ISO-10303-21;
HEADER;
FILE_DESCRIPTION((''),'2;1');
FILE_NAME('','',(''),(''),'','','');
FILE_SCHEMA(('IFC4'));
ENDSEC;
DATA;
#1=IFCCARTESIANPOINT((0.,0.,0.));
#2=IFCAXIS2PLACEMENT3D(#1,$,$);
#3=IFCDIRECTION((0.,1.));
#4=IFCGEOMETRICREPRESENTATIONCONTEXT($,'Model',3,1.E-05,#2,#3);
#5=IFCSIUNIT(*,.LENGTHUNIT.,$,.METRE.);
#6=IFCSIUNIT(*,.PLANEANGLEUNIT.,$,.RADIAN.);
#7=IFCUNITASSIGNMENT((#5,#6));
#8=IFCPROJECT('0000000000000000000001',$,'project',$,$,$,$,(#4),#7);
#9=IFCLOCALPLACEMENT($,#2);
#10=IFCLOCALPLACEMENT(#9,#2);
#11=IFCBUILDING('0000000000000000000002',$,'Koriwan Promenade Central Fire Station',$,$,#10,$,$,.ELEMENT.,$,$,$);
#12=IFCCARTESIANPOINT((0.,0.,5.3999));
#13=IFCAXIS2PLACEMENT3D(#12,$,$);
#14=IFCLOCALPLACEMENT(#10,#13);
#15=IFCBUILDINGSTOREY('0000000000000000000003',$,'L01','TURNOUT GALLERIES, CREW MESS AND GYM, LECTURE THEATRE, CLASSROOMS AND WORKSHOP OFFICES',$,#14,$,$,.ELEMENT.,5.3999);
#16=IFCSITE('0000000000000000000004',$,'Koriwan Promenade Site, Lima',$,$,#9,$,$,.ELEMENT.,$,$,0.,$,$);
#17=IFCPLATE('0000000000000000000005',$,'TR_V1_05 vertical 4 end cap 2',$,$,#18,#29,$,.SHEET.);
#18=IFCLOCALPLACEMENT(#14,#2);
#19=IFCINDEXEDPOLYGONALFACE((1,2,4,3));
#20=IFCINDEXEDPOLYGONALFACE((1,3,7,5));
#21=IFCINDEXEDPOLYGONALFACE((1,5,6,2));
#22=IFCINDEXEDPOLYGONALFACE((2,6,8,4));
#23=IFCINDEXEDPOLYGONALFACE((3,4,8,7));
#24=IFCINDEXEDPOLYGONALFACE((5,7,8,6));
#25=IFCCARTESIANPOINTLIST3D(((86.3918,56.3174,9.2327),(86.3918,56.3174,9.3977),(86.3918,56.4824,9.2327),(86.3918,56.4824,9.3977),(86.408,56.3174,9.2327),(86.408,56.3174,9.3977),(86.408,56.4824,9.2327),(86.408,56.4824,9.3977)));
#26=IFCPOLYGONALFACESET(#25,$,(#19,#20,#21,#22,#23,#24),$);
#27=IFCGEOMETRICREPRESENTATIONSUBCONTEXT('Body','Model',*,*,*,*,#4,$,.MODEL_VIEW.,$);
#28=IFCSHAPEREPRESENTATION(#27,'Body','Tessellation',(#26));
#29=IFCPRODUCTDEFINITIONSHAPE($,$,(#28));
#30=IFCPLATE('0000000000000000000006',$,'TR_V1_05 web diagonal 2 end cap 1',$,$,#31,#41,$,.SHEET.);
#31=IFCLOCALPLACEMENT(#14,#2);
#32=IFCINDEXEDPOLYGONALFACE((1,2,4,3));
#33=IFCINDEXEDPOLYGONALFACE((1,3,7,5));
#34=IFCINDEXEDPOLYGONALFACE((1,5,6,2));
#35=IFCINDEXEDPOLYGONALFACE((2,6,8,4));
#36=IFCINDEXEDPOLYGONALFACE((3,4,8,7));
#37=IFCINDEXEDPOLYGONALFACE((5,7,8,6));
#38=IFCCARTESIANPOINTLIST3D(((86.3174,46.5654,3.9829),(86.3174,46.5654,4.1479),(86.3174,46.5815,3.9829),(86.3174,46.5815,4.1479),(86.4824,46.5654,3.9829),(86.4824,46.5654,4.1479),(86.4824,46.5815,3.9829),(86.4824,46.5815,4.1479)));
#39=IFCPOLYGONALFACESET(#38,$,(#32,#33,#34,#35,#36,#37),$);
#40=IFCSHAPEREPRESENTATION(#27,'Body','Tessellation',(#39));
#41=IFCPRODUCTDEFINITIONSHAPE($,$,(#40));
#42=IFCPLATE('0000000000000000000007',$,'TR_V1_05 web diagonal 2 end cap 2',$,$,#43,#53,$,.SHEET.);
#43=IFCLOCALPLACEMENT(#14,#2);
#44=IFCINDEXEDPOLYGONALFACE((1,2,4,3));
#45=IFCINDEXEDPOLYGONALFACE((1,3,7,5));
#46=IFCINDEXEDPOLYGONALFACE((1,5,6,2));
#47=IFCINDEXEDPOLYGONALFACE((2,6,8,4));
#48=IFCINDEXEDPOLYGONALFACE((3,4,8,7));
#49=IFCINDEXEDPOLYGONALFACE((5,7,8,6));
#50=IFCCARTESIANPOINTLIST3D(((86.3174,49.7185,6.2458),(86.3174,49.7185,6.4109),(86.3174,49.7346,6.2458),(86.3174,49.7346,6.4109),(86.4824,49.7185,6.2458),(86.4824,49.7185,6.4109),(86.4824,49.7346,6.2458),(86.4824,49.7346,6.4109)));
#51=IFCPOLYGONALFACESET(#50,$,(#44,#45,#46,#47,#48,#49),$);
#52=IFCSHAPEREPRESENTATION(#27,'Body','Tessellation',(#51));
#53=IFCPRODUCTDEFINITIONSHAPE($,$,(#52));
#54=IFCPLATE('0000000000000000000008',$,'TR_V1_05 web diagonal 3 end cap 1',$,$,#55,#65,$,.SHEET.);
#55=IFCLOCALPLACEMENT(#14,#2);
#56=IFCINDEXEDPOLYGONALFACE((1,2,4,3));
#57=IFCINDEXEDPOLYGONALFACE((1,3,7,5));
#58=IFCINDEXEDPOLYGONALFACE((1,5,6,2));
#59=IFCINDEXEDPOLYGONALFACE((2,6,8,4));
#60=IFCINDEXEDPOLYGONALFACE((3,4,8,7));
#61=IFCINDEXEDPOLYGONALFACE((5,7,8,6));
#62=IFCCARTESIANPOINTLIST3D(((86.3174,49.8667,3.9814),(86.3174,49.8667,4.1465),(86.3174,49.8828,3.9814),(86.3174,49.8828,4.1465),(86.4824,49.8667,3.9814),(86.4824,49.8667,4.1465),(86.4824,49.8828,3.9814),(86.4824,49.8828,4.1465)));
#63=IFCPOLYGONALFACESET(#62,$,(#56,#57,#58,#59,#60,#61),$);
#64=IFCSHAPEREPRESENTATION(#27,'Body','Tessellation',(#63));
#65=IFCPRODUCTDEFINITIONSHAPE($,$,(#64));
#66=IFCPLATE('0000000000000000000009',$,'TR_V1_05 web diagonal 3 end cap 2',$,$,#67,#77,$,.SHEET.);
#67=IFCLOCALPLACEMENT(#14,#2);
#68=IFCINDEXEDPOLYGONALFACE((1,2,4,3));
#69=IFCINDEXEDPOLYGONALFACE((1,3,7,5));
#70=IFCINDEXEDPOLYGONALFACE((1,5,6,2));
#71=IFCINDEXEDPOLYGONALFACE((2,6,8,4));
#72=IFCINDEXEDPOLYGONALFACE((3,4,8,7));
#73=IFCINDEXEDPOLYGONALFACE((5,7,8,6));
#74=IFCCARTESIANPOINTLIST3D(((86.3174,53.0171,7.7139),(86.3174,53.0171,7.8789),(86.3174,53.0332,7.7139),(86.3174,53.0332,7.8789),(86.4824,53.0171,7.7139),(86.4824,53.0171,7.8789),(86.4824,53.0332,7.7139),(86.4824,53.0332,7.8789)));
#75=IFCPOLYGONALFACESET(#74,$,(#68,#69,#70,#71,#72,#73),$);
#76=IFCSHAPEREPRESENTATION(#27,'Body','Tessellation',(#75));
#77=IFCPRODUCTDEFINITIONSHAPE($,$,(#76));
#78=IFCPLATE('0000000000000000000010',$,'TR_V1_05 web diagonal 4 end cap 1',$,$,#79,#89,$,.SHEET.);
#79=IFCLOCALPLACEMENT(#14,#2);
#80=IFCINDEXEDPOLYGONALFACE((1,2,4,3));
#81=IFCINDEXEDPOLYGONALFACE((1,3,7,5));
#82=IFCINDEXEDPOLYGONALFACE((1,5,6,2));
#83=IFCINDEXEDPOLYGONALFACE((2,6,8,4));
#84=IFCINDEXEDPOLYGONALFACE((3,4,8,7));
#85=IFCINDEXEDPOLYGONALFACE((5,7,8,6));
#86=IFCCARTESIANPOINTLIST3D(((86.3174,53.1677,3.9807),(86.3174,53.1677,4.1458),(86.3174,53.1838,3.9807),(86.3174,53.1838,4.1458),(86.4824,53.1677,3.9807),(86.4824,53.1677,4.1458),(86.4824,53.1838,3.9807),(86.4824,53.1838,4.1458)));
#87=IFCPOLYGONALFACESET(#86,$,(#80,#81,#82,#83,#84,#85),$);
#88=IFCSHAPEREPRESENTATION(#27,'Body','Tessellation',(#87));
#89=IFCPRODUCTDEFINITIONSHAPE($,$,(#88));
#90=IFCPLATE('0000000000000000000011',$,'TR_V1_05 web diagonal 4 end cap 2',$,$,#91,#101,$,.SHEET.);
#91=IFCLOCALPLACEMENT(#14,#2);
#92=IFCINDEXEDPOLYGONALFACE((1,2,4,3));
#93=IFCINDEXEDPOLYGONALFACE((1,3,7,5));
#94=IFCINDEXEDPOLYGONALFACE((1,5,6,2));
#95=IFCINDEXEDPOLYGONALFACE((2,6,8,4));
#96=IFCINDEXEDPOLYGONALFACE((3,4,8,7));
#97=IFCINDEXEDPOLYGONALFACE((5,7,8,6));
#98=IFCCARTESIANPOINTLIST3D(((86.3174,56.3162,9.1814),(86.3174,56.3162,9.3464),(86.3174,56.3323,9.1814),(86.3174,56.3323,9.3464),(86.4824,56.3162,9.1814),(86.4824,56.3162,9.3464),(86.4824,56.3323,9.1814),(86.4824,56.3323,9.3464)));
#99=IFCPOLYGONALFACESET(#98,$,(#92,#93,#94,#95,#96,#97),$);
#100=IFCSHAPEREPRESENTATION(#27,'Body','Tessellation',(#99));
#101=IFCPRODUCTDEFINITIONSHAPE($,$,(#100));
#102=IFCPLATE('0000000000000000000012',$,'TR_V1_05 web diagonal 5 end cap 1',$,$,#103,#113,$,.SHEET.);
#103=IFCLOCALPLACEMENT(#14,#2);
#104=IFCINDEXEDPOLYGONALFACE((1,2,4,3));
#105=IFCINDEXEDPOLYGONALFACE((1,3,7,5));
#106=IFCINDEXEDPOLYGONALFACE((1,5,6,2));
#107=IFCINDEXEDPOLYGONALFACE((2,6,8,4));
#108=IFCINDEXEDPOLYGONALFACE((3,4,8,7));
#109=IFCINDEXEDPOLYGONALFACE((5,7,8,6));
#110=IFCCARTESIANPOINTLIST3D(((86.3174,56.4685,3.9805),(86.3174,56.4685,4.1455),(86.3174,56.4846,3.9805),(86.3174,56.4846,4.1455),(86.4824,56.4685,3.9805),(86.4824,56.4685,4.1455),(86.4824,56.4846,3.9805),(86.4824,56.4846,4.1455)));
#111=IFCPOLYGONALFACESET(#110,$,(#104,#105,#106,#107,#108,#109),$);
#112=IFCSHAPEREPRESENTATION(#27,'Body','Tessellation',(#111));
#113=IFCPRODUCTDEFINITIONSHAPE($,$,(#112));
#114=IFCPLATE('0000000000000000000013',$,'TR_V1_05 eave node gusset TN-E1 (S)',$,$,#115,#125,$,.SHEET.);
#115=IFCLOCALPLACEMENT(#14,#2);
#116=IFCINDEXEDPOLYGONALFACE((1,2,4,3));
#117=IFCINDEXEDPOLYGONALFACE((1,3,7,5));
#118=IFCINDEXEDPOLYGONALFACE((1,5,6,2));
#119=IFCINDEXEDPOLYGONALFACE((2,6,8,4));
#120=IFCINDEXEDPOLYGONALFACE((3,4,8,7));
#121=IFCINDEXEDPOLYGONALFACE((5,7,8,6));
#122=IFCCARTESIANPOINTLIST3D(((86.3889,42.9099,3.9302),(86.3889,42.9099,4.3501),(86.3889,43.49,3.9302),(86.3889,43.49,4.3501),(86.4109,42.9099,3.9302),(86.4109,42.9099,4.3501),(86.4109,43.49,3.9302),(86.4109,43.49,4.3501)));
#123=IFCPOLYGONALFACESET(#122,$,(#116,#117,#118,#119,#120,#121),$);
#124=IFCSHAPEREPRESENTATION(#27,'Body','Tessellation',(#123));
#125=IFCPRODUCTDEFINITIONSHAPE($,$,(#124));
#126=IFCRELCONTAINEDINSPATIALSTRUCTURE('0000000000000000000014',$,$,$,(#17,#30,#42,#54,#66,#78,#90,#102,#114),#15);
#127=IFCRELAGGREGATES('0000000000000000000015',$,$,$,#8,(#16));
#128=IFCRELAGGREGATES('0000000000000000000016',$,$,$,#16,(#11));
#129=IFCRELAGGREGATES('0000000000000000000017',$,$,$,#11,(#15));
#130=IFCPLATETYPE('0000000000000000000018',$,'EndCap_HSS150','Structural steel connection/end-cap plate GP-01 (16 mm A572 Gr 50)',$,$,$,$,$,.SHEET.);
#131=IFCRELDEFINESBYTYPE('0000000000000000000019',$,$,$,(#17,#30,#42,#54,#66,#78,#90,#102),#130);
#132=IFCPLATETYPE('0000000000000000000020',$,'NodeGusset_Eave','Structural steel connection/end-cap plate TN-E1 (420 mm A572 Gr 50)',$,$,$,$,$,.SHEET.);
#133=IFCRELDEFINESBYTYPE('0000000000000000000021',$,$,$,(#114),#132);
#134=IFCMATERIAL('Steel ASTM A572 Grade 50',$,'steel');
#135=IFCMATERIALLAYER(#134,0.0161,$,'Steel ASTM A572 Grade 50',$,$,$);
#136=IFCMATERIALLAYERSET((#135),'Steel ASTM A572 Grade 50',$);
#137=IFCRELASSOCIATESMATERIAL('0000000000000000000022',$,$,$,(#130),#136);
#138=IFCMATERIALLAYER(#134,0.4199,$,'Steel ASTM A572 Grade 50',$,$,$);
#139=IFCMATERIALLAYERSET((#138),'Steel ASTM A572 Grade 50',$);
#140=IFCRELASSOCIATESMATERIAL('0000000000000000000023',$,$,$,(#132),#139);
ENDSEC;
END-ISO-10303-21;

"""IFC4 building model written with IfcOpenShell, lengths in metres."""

from ifc_helpers import new_model, si_unit, direction, frame, origin, origin_2d, place, context, subcontext, project, spatial, rectangle, extrude, material, layer, layer_set, type_object, element, save


model = new_model("IFC4")

# Units and contexts
model_context = context("Model", 3, precision=1e-05, world=origin(), true_north=direction((0.0, 1.0)))
body_context = subcontext(model_context, "Body", "Model", "MODEL_VIEW")
ifc_project = project(units=[si_unit("LENGTHUNIT", "METRE"), si_unit("PLANEANGLEUNIT", "RADIAN")], contexts=[model_context])

# Site, building, storey
site_placement = place(None, origin())
site = spatial("IfcSite", under=ifc_project, at=site_placement, Name="Koriwan Promenade Site, Lima", CompositionType="ELEMENT", RefElevation=0.0)
building_placement = place(site_placement, origin())
building = spatial("IfcBuilding", under=site, at=building_placement, Name="Koriwan Promenade Central Fire Station", CompositionType="ELEMENT")
storey_placement = place(building_placement, frame((0.0, 0.0, 5.3999)))
storey = spatial("IfcBuildingStorey", under=building, at=storey_placement, Name="L01", Description="TURNOUT GALLERIES, CREW MESS AND GYM, LECTURE THEATRE, CLASSROOMS AND WORKSHOP OFFICES", CompositionType="ELEMENT", Elevation=5.3999)

# Plates
ifc_material_1 = material(Name="Steel ASTM A572 Grade 50", Category="steel")
ifc_layer_1 = layer(ifc_material_1, 0.0161, Name="Steel ASTM A572 Grade 50")
ifc_layer_set_1 = layer_set([ifc_layer_1], Name="Steel ASTM A572 Grade 50")
plate_type_1 = type_object("IfcPlateType", Name="EndCap_HSS150", Description="Structural steel connection/end-cap plate GP-01 (16 mm A572 Gr 50)", PredefinedType="SHEET", material=ifc_layer_set_1)
for number, where, z_axis, x_axis, name in (
    (1, (86.3999, 56.3999, 9.2327), (0.0, 0.0, 1.0), (1.0, 0.0, 0.0), "TR_V1_05 vertical 4 end cap 2"),
    (2, (86.3999, 46.5735, 3.9829), (0.0, 0.0, 1.0), (0.0, 1.0, 0.0), "TR_V1_05 web diagonal 2 end cap 1"),
    (3, (86.3999, 49.7266, 6.2458), (0.0, 0.0, 1.0), (0.0, 1.0, 0.0), "TR_V1_05 web diagonal 2 end cap 2"),
    (4, (86.3999, 49.8748, 3.9814), (0.0, 0.0, 1.0), (0.0, 1.0, 0.0), "TR_V1_05 web diagonal 3 end cap 1"),
    (5, (86.3999, 53.0251, 7.7139), (0.0, 0.0, 1.0), (0.0, 1.0, 0.0), "TR_V1_05 web diagonal 3 end cap 2"),
    (6, (86.3999, 53.1758, 3.9807), (0.0, 0.0, 1.0), (0.0, 1.0, 0.0), "TR_V1_05 web diagonal 4 end cap 1"),
    (7, (86.3999, 56.3242, 9.1814), (0.0, 0.0, 1.0), (0.0, 1.0, 0.0), "TR_V1_05 web diagonal 4 end cap 2"),
    (8, (86.3999, 56.4766, 3.9805), (0.0, 0.0, 1.0), (0.0, 1.0, 0.0), "TR_V1_05 web diagonal 5 end cap 1"),
):
    element("IfcPlate", number, at=place(storey_placement, frame(where, z_axis=z_axis, x_axis=x_axis)), inside=storey, type_object=plate_type_1, Name=name, PredefinedType="SHEET", context=body_context, shape_type="SweptSolid", body=[
        extrude(rectangle(XDim=0.0161, YDim=0.165, at=origin_2d()), origin(), (0.0, 0.0, 1.0), 0.165),
    ])
ifc_layer_2 = layer(ifc_material_1, 0.4199, Name="Steel ASTM A572 Grade 50")
ifc_layer_set_2 = layer_set([ifc_layer_2], Name="Steel ASTM A572 Grade 50")
plate_type_2 = type_object("IfcPlateType", Name="NodeGusset_Eave", Description="Structural steel connection/end-cap plate TN-E1 (420 mm A572 Gr 50)", PredefinedType="SHEET", material=ifc_layer_set_2)
plate_placement = place(storey_placement, frame((86.3999, 43.2, 3.9302), z_axis=(0.0, 0.0, 1.0), x_axis=(1.0, 0.0, 0.0)))
element("IfcPlate", 9, at=plate_placement, inside=storey, type_object=plate_type_2, Name="TR_V1_05 eave node gusset TN-E1 (S)", PredefinedType="SHEET", context=body_context, shape_type="SweptSolid", body=[
    extrude(rectangle(XDim=0.022, YDim=0.5801, at=origin_2d()), origin(), (0.0, 0.0, 1.0), 0.4199),
])

save(model, "model.ifc")
